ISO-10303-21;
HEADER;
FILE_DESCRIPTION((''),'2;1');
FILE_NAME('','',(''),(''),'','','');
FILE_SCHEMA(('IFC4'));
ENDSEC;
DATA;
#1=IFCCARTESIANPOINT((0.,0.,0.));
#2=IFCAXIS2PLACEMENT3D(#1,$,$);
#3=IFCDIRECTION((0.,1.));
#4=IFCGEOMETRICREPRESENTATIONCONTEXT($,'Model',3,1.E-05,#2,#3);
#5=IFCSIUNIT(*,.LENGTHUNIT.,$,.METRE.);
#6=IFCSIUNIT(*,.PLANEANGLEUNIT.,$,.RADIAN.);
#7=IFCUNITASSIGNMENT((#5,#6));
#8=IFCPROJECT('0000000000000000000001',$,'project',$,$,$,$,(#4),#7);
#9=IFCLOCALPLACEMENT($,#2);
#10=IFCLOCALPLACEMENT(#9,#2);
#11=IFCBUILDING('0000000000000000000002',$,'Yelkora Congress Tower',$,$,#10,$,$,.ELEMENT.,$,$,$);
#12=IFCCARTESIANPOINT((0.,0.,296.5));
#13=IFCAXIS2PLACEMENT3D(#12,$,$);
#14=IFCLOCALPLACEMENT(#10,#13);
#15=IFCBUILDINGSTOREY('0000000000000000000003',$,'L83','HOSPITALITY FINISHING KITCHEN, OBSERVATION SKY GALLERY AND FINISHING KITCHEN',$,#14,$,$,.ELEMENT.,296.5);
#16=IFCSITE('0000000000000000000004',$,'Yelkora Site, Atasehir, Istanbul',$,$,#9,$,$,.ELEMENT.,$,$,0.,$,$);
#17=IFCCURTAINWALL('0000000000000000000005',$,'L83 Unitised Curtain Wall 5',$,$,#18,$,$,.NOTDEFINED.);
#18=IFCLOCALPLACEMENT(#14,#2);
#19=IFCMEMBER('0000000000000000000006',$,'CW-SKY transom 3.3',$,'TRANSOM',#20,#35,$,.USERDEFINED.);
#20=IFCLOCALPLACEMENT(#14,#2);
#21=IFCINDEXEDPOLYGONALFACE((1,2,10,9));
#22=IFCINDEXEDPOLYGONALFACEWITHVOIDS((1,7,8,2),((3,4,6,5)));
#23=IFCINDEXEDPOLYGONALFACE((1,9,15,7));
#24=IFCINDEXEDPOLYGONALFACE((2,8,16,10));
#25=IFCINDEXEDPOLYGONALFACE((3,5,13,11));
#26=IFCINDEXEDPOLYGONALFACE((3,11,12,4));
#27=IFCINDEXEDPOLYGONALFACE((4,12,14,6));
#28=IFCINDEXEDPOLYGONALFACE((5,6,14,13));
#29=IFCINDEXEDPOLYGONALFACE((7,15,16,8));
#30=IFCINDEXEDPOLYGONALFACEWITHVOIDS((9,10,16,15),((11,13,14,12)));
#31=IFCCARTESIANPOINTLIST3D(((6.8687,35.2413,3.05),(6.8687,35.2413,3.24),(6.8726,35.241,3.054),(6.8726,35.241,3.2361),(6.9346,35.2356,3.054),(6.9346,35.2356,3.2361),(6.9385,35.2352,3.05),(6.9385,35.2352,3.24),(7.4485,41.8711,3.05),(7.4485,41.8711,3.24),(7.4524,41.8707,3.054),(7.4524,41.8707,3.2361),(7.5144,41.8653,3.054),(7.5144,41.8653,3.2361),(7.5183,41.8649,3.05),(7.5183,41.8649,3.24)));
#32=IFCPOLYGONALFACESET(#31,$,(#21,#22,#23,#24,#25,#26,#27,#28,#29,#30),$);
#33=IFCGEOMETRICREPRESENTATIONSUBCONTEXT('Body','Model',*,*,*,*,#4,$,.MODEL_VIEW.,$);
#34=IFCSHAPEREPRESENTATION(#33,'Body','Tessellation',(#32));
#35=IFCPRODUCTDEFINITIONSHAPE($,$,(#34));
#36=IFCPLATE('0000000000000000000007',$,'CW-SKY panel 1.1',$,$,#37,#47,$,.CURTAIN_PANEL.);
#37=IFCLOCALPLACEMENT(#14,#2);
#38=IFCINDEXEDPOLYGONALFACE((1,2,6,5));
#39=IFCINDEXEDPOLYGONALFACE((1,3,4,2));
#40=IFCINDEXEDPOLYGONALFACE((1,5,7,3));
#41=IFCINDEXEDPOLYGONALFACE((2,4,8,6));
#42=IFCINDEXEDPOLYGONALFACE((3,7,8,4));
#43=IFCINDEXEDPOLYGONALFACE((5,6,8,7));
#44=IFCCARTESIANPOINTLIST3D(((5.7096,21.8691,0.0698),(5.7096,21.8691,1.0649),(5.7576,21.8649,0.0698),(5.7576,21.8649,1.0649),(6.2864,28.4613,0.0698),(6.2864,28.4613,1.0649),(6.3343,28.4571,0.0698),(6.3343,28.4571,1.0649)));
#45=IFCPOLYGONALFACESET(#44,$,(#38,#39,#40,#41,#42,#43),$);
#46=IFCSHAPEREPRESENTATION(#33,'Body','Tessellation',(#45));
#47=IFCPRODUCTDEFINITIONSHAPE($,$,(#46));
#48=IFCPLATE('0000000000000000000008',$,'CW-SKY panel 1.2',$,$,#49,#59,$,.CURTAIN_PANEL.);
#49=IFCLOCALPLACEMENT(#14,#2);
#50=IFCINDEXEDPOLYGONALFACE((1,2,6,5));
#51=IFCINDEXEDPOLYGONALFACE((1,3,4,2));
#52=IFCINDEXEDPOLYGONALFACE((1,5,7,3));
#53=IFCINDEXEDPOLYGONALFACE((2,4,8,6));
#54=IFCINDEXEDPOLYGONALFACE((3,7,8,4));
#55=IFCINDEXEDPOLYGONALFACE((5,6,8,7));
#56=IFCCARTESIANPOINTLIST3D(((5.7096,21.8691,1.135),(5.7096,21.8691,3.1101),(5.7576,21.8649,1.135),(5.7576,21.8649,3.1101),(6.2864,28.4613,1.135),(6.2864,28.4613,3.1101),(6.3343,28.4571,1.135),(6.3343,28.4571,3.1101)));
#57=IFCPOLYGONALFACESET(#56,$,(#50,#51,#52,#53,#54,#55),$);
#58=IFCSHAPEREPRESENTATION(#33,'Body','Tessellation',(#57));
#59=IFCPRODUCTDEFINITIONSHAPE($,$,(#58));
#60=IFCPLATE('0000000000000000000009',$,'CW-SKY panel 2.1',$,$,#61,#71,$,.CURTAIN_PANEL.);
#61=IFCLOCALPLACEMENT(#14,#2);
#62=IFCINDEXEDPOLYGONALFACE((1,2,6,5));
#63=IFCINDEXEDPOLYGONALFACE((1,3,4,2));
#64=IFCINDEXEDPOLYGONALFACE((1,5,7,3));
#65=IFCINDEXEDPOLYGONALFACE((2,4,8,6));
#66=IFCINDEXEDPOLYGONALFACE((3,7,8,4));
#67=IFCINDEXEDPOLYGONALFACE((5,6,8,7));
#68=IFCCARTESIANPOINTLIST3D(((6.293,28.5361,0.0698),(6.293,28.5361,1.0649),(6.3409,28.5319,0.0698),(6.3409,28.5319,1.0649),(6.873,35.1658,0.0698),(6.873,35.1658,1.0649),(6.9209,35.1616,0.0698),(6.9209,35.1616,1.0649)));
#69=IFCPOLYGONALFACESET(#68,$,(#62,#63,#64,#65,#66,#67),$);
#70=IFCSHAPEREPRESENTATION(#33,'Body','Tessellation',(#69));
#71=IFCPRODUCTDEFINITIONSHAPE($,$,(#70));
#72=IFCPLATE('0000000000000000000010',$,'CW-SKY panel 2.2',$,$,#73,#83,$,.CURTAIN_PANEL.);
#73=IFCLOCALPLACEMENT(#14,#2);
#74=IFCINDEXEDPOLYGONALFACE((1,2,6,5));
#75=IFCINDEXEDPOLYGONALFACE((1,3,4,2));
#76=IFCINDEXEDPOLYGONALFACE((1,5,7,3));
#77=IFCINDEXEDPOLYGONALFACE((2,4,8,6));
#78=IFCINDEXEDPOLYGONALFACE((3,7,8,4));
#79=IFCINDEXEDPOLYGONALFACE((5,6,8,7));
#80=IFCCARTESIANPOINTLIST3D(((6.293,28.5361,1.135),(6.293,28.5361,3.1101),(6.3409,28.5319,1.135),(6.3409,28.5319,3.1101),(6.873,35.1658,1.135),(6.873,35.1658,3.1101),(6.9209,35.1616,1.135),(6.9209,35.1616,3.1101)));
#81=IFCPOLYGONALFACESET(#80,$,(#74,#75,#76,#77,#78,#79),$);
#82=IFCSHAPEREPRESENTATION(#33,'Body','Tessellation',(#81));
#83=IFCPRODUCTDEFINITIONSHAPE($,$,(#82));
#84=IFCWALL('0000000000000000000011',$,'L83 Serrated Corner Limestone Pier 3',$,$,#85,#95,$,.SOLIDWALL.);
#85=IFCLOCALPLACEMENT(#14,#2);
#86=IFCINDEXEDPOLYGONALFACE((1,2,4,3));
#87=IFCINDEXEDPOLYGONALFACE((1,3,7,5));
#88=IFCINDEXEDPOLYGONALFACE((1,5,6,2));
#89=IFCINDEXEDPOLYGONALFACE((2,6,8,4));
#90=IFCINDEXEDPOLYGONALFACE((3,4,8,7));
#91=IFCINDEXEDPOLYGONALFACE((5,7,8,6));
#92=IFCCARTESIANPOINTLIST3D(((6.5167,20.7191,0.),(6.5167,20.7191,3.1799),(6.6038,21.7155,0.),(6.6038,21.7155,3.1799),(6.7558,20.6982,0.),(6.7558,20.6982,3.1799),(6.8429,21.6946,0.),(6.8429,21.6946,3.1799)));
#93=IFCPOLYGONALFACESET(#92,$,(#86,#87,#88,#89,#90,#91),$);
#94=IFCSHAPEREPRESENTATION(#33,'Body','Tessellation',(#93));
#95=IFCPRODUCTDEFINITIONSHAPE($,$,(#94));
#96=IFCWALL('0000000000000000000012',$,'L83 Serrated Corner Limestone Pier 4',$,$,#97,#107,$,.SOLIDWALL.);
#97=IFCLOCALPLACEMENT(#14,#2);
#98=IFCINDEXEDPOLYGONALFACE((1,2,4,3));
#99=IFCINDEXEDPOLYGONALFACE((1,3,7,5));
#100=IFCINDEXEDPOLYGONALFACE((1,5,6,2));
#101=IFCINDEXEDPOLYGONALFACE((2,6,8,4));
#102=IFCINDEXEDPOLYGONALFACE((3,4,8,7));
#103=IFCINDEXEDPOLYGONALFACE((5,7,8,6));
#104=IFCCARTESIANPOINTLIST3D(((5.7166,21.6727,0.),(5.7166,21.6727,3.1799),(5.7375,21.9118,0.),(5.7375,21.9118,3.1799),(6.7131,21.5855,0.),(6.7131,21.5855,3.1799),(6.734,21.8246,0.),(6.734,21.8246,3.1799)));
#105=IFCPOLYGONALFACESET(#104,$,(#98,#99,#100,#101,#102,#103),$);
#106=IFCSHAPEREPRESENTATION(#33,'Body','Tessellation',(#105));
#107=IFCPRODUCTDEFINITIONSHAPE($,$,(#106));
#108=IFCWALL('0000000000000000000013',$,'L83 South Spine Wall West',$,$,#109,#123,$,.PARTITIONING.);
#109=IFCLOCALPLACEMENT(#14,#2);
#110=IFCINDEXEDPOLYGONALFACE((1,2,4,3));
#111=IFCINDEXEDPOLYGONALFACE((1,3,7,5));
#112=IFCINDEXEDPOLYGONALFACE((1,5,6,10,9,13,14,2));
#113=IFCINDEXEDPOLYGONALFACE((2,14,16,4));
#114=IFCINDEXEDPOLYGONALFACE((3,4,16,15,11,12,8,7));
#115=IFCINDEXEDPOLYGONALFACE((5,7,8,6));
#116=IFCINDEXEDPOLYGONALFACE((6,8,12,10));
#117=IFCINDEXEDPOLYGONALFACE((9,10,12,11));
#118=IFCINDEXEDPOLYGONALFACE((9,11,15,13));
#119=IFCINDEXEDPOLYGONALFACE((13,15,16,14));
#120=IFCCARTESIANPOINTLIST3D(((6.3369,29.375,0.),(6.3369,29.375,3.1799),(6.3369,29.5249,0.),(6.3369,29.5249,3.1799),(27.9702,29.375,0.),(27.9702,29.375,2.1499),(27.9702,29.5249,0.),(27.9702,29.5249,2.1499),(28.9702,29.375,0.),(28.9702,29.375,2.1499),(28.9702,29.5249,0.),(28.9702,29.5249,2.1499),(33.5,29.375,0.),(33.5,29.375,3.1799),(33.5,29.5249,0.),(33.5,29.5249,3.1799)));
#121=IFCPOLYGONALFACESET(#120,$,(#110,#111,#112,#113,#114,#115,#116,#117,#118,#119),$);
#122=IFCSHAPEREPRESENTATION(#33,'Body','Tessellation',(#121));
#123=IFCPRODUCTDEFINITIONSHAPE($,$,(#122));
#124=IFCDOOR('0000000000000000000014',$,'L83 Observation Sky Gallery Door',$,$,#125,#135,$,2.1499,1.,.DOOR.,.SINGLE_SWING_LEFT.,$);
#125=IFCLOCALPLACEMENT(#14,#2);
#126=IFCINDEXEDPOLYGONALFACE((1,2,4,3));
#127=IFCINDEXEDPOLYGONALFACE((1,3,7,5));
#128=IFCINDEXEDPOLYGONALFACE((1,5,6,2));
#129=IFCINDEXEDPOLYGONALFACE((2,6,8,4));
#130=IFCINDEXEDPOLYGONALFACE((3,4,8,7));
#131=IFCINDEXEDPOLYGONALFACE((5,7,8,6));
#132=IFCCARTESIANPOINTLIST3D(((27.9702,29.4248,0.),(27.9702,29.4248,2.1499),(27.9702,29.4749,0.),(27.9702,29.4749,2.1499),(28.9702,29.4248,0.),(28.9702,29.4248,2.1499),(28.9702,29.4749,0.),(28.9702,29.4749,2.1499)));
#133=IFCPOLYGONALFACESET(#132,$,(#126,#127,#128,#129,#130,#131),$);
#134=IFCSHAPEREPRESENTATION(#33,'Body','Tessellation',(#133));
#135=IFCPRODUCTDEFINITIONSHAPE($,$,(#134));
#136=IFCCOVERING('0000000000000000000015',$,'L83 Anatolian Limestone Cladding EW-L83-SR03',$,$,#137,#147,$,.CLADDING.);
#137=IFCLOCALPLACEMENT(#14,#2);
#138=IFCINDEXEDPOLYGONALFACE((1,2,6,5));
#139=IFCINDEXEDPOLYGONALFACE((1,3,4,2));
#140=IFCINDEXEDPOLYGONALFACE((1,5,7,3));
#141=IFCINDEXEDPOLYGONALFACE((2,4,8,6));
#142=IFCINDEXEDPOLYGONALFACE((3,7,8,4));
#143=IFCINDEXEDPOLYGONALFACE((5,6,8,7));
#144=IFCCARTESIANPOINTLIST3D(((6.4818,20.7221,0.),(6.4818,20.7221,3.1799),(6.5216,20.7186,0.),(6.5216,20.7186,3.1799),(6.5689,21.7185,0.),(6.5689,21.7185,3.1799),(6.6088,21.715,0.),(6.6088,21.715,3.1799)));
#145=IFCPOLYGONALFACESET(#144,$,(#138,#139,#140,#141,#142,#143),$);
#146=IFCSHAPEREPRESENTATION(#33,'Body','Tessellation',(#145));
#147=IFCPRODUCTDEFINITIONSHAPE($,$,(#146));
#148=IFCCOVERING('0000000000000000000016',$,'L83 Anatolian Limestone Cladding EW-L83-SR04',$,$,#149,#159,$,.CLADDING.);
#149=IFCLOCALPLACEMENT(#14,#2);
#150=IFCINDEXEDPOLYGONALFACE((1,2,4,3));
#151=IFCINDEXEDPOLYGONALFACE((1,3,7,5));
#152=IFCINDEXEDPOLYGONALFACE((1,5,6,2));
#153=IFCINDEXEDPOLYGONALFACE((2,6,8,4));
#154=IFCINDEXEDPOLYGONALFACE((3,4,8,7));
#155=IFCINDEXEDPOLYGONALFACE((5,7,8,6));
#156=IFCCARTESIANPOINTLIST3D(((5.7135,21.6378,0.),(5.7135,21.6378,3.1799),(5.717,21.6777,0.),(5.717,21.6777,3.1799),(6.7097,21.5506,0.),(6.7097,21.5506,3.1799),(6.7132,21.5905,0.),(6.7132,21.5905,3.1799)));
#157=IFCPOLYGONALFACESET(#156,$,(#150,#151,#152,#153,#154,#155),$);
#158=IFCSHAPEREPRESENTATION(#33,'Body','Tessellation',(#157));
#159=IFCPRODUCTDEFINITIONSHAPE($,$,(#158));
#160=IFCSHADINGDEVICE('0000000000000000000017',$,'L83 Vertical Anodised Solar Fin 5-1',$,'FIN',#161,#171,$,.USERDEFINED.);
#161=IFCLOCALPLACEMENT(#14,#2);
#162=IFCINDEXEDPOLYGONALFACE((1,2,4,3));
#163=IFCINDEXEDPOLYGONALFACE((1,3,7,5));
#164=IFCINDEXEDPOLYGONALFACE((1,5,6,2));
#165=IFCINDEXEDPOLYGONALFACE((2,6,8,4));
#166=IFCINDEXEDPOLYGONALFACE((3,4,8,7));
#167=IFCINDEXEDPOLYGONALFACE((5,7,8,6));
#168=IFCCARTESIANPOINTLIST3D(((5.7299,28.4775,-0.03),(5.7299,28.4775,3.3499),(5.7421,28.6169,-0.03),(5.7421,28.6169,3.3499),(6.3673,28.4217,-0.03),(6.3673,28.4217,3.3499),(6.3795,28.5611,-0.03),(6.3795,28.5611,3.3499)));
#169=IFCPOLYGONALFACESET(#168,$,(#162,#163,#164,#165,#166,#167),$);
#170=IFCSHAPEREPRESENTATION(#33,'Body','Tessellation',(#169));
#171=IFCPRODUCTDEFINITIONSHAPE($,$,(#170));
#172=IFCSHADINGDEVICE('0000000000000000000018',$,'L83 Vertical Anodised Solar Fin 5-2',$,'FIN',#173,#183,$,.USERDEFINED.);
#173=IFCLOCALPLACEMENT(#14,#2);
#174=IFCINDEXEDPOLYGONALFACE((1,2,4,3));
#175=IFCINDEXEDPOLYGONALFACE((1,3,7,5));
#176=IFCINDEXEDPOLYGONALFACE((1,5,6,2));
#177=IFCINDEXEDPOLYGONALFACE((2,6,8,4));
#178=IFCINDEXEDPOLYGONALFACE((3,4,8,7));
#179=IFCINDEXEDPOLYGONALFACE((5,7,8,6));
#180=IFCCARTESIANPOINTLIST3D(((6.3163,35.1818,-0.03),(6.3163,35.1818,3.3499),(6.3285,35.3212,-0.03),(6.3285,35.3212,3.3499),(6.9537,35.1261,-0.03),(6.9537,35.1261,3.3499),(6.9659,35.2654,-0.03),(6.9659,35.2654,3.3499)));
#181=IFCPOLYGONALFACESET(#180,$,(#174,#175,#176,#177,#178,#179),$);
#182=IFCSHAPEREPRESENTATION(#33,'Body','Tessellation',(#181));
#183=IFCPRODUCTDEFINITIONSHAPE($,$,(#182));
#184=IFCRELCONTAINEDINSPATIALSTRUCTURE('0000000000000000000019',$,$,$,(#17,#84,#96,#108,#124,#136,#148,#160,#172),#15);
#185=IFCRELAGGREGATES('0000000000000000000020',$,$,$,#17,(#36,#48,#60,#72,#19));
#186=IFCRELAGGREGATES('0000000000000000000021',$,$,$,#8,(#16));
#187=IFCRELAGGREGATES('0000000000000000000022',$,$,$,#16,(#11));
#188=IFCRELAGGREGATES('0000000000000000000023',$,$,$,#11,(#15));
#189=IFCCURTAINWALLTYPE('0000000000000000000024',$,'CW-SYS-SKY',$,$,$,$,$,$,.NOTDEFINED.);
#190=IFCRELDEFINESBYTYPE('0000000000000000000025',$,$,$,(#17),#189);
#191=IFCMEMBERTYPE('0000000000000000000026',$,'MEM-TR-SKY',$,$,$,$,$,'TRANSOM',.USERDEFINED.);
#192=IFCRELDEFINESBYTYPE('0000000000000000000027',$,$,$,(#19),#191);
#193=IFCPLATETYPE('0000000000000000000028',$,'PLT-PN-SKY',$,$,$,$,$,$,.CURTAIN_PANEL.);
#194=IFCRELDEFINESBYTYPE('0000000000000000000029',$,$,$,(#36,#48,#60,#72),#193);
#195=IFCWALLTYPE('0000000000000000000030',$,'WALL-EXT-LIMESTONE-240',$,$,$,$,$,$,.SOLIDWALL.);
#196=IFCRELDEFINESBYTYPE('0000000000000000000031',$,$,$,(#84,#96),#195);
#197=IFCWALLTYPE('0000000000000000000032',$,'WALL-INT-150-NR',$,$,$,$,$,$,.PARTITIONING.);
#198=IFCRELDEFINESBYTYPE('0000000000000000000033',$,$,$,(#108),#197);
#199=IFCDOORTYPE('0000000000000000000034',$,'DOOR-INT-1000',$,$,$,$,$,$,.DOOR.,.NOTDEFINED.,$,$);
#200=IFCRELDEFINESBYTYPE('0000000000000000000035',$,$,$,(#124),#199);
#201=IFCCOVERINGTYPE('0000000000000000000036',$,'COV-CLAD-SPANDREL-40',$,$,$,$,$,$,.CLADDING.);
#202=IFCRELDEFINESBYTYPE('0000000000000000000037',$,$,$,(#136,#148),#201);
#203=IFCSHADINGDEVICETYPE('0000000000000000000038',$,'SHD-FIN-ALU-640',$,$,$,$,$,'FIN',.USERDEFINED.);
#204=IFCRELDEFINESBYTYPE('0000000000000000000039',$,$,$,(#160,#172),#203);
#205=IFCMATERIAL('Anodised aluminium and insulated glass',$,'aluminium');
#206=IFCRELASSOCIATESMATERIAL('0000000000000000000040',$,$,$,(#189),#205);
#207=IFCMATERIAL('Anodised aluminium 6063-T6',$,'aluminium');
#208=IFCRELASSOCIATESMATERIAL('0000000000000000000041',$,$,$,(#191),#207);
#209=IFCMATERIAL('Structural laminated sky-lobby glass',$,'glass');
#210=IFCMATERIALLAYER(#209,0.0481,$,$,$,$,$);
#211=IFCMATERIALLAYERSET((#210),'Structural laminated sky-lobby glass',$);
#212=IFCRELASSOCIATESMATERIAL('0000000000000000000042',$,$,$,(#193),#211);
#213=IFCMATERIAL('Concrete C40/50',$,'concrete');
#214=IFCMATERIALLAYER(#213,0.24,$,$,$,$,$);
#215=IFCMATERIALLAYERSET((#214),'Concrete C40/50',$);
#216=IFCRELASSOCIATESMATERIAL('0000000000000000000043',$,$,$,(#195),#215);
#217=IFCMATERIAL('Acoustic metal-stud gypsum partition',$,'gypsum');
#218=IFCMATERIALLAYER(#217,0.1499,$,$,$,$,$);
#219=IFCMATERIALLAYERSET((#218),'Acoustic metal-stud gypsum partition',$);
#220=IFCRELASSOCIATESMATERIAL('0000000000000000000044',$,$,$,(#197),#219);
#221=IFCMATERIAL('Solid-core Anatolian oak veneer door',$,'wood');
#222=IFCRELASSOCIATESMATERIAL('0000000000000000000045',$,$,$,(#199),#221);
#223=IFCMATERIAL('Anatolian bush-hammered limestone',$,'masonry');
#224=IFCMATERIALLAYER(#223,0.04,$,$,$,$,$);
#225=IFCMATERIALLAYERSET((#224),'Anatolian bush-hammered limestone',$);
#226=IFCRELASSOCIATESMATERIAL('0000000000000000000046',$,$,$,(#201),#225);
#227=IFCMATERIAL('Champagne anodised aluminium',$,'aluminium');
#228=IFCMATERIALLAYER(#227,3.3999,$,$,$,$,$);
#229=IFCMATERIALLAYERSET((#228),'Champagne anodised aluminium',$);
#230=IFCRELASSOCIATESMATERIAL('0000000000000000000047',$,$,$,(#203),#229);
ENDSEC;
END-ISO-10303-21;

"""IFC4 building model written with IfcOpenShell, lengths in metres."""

from ifc_helpers import new_model, si_unit, direction, frame, frame_2d, origin, origin_2d, place, context, subcontext, project, spatial, rectangle, hollow_rectangle, extrude, material, layer, layer_set, material_profile, profile_set, type_object, element, fill, aggregate, save


model = new_model("IFC4")

# Units and contexts
model_context = context("Model", 3, precision=1e-05, world=origin(), true_north=direction((0.0, 1.0)))
body_context = subcontext(model_context, "Body", "Model", "MODEL_VIEW")
ifc_project = project(units=[si_unit("LENGTHUNIT", "METRE"), si_unit("PLANEANGLEUNIT", "RADIAN")], contexts=[model_context])

# Site, building, storey
site_placement = place(None, origin())
site = spatial("IfcSite", under=ifc_project, at=site_placement, Name="Yelkora Site, Atasehir, Istanbul", CompositionType="ELEMENT", RefElevation=0.0)
building_placement = place(site_placement, origin())
building = spatial("IfcBuilding", under=site, at=building_placement, Name="Yelkora Congress Tower", CompositionType="ELEMENT")
storey_placement = place(building_placement, frame((0.0, 0.0, 296.5)))
storey = spatial("IfcBuildingStorey", under=building, at=storey_placement, Name="L83", Description="HOSPITALITY FINISHING KITCHEN, OBSERVATION SKY GALLERY AND FINISHING KITCHEN", CompositionType="ELEMENT", Elevation=296.5)

# Curtain wall, member, plates
ifc_material_1 = material(Name="Anodised aluminium and insulated glass", Category="aluminium")
curtain_wall_type = type_object("IfcCurtainWallType", Name="CW-SYS-SKY", PredefinedType="NOTDEFINED", material=ifc_material_1)
curtain_wall_placement = place(storey_placement, origin())
curtain_wall = element("IfcCurtainWall", 1, at=curtain_wall_placement, inside=storey, type_object=curtain_wall_type, Name="L83 Unitised Curtain Wall 5", PredefinedType="NOTDEFINED")
ifc_material_2 = material(Name="Anodised aluminium 6063-T6", Category="aluminium")
ifc_material_profile_1 = material_profile(ifc_material_2, hollow_rectangle(XDim=0.0701, YDim=0.1899, WallThickness=0.0039, at=origin_2d()), Name="ALU 70x190x4")
ifc_profile_set_1 = profile_set([ifc_material_profile_1], Name="Anodised aluminium 6063-T6")
member_type_1 = type_object("IfcMemberType", Name="MEM-TR-SKY", ElementType="TRANSOM", PredefinedType="USERDEFINED", material=ifc_profile_set_1)
member_1_placement = place(storey_placement, frame((6.9036, 35.2383, 3.145), z_axis=(0.087128, 0.996197, 0.0), x_axis=(-0.996197, 0.087128, 0.0)))
member_1 = element("IfcMember", 2, at=member_1_placement, type_object=member_type_1, Name="CW-SKY transom 3.3", ObjectType="TRANSOM", PredefinedType="USERDEFINED", context=body_context, shape_type="SweptSolid", body=[
    extrude(hollow_rectangle(XDim=0.0701, YDim=0.1899, WallThickness=0.0039, at=origin_2d()), origin(), (0.0, 0.0, 1.0), 6.655),
])
ifc_material_3 = material(Name="Structural laminated sky-lobby glass", Category="glass")
ifc_layer_1 = layer(ifc_material_3, 0.0481)
ifc_layer_set_1 = layer_set([ifc_layer_1], Name="Structural laminated sky-lobby glass")
plate_type = type_object("IfcPlateType", Name="PLT-PN-SKY", PredefinedType="CURTAIN_PANEL", material=ifc_layer_set_1)
plate_1_placement = place(storey_placement, frame((6.022, 25.1631, 0.0698), z_axis=(0.0, 0.0, 1.0), x_axis=(0.087155, 0.996195, 0.0)))
plate_1 = element("IfcPlate", 3, at=plate_1_placement, type_object=plate_type, Name="CW-SKY panel 1.1", PredefinedType="CURTAIN_PANEL", context=body_context, shape_type="SweptSolid", body=[
    extrude(rectangle(XDim=6.6174, YDim=0.0481, at=origin_2d()), origin(), (0.0, 0.0, 1.0), 0.9951),
])
plate_2_placement = place(storey_placement, frame((6.022, 25.1631, 1.135), z_axis=(0.0, 0.0, 1.0), x_axis=(0.087155, 0.996195, 0.0)))
plate_2 = element("IfcPlate", 4, at=plate_2_placement, type_object=plate_type, Name="CW-SKY panel 1.2", PredefinedType="CURTAIN_PANEL", context=body_context, shape_type="SweptSolid", body=[
    extrude(rectangle(XDim=6.6174, YDim=0.0481, at=origin_2d()), origin(), (0.0, 0.0, 1.0), 1.9751),
])
plate_3_placement = place(storey_placement, frame((6.6069, 31.8489, 0.0698), z_axis=(0.0, 0.0, 1.0), x_axis=(0.087155, 0.996195, 0.0)))
plate_3 = element("IfcPlate", 5, at=plate_3_placement, type_object=plate_type, Name="CW-SKY panel 2.1", PredefinedType="CURTAIN_PANEL", context=body_context, shape_type="SweptSolid", body=[
    extrude(rectangle(XDim=6.655, YDim=0.0481, at=origin_2d()), origin(), (0.0, 0.0, 1.0), 0.9951),
])
plate_4_placement = place(storey_placement, frame((6.6069, 31.8489, 1.135), z_axis=(0.0, 0.0, 1.0), x_axis=(0.087155, 0.996195, 0.0)))
plate_4 = element("IfcPlate", 6, at=plate_4_placement, type_object=plate_type, Name="CW-SKY panel 2.2", PredefinedType="CURTAIN_PANEL", context=body_context, shape_type="SweptSolid", body=[
    extrude(rectangle(XDim=6.655, YDim=0.0481, at=origin_2d()), origin(), (0.0, 0.0, 1.0), 1.9751),
])
aggregate(curtain_wall, [plate_1, plate_2, plate_3, plate_4, member_1])

# Walls
ifc_material_4 = material(Name="Concrete C40/50", Category="concrete")
ifc_layer_2 = layer(ifc_material_4, 0.24)
ifc_layer_set_2 = layer_set([ifc_layer_2], Name="Concrete C40/50")
wall_type_1 = type_object("IfcWallType", Name="WALL-EXT-LIMESTONE-240", PredefinedType="SOLIDWALL", material=ifc_layer_set_2)
for number, where, z_axis, x_axis, name in (
    (7, (6.6362, 20.7087, 0.0), (0.0, 0.0, 1.0), (0.087146, 0.996196, 0.0), "L83 Serrated Corner Limestone Pier 3"),
    (8, (6.7234, 21.7051, 0.0), (0.0, 0.0, 1.0), (-0.996196, 0.087146, 0.0), "L83 Serrated Corner Limestone Pier 4"),
):
    element("IfcWall", number, at=place(storey_placement, frame(where, z_axis=z_axis, x_axis=x_axis)), inside=storey, type_object=wall_type_1, Name=name, PredefinedType="SOLIDWALL", context=body_context, shape_type="SweptSolid", body=[
        extrude(rectangle(XDim=1.0002, YDim=0.24, at=frame_2d((0.5, 0.0))), origin(), (0.0, 0.0, 1.0), 3.1799),
    ])

# Wall, opening, door
ifc_material_5 = material(Name="Acoustic metal-stud gypsum partition", Category="gypsum")
ifc_layer_3 = layer(ifc_material_5, 0.1499)
ifc_layer_set_3 = layer_set([ifc_layer_3], Name="Acoustic metal-stud gypsum partition")
wall_type_2 = type_object("IfcWallType", Name="WALL-INT-150-NR", PredefinedType="PARTITIONING", material=ifc_layer_set_3)
wall_placement = place(storey_placement, frame((6.3369, 29.45, 0.0), z_axis=(0.0, 0.0, 1.0), x_axis=(1.0, 0.0, 0.0)))
wall = element("IfcWall", 9, at=wall_placement, inside=storey, type_object=wall_type_2, Name="L83 South Spine Wall West", PredefinedType="PARTITIONING", context=body_context, shape_type="SweptSolid", body=[
    extrude(rectangle(XDim=27.1631, YDim=0.1499, at=frame_2d((13.5815, 0.0))), origin(), (0.0, 0.0, 1.0), 3.1799),
])
opening_placement = place(wall_placement, frame((21.6333, 0.0, 0.0)))
opening = element("IfcOpeningElement", 10, at=opening_placement, cuts=wall, PredefinedType="OPENING", context=body_context, shape_type="SweptSolid", body=[
    extrude(rectangle(XDim=1.0, YDim=2.1499, at=frame_2d((0.5, 1.075))), frame((0.0, 0.085, 0.0), z_axis=(0.0, -1.0, 0.0), x_axis=(1.0, 0.0, 0.0)), (0.0, 0.0, 1.0), 0.1699),
])
ifc_material_6 = material(Name="Solid-core Anatolian oak veneer door", Category="wood")
door_type = type_object("IfcDoorType", Name="DOOR-INT-1000", OperationType="NOTDEFINED", PredefinedType="DOOR", material=ifc_material_6)
door_placement = place(opening_placement, origin())
door = element("IfcDoor", 11, at=door_placement, inside=storey, type_object=door_type, Name="L83 Observation Sky Gallery Door", OperationType="SINGLE_SWING_LEFT", OverallHeight=2.1499, OverallWidth=1.0, PredefinedType="DOOR", context=body_context, shape_type="SweptSolid", body=[
    extrude(rectangle(XDim=1.0, YDim=2.1499, at=frame_2d((0.5, 1.075))), frame((0.0, 0.0249, 0.0), z_axis=(0.0, -1.0, 0.0), x_axis=(1.0, 0.0, 0.0)), (0.0, 0.0, 1.0), 0.05),
])
fill(opening, door)

# Coverings
ifc_material_7 = material(Name="Anatolian bush-hammered limestone", Category="masonry")
ifc_layer_4 = layer(ifc_material_7, 0.04)
ifc_layer_set_4 = layer_set([ifc_layer_4], Name="Anatolian bush-hammered limestone")
covering_type = type_object("IfcCoveringType", Name="COV-CLAD-SPANDREL-40", PredefinedType="CLADDING", material=ifc_layer_set_4)
covering_1_placement = place(storey_placement, frame((6.5017, 20.7205, 0.0), z_axis=(0.0, 0.0, 1.0), x_axis=(0.087146, 0.996196, 0.0)))
element("IfcCovering", 12, at=covering_1_placement, inside=storey, type_object=covering_type, Name="L83 Anatolian Limestone Cladding EW-L83-SR03", PredefinedType="CLADDING", context=body_context, shape_type="SweptSolid", body=[
    extrude(rectangle(XDim=1.0002, YDim=0.04, at=frame_2d((0.5, 0.0))), origin(), (0.0, 0.0, 1.0), 3.1799),
])
covering_2_placement = place(storey_placement, frame((6.7114, 21.5706, 0.0), z_axis=(0.0, 0.0, 1.0), x_axis=(-0.996194, 0.087167, 0.0)))
element("IfcCovering", 13, at=covering_2_placement, inside=storey, type_object=covering_type, Name="L83 Anatolian Limestone Cladding EW-L83-SR04", PredefinedType="CLADDING", context=body_context, shape_type="SweptSolid", body=[
    extrude(rectangle(XDim=1.0, YDim=0.04, at=frame_2d((0.5, 0.0))), origin(), (0.0, 0.0, 1.0), 3.1799),
])

# Shading devices
ifc_material_8 = material(Name="Champagne anodised aluminium", Category="aluminium")
ifc_layer_5 = layer(ifc_material_8, 3.3999)
ifc_layer_set_5 = layer_set([ifc_layer_5], Name="Champagne anodised aluminium")
shading_device_type = type_object("IfcShadingDeviceType", Name="SHD-FIN-ALU-640", ElementType="FIN", PredefinedType="USERDEFINED", material=ifc_layer_set_5)
for number, where, z_axis, x_axis, name in (
    (14, (6.0547, 28.5193, -0.03), (0.0, 0.0, 1.0), (0.087156, 0.996195, 0.0), "L83 Vertical Anodised Solar Fin 5-1"),
    (15, (6.6411, 35.2236, -0.03), (0.0, 0.0, 1.0), (0.087156, 0.996195, 0.0), "L83 Vertical Anodised Solar Fin 5-2"),
):
    element("IfcShadingDevice", number, at=place(storey_placement, frame(where, z_axis=z_axis, x_axis=x_axis)), inside=storey, type_object=shading_device_type, Name=name, ObjectType="FIN", PredefinedType="USERDEFINED", context=body_context, shape_type="SweptSolid", body=[
        extrude(rectangle(XDim=0.1399, YDim=0.6399, at=origin_2d()), origin(), (0.0, 0.0, 1.0), 3.3799),
    ])

save(model, "model.ifc")
